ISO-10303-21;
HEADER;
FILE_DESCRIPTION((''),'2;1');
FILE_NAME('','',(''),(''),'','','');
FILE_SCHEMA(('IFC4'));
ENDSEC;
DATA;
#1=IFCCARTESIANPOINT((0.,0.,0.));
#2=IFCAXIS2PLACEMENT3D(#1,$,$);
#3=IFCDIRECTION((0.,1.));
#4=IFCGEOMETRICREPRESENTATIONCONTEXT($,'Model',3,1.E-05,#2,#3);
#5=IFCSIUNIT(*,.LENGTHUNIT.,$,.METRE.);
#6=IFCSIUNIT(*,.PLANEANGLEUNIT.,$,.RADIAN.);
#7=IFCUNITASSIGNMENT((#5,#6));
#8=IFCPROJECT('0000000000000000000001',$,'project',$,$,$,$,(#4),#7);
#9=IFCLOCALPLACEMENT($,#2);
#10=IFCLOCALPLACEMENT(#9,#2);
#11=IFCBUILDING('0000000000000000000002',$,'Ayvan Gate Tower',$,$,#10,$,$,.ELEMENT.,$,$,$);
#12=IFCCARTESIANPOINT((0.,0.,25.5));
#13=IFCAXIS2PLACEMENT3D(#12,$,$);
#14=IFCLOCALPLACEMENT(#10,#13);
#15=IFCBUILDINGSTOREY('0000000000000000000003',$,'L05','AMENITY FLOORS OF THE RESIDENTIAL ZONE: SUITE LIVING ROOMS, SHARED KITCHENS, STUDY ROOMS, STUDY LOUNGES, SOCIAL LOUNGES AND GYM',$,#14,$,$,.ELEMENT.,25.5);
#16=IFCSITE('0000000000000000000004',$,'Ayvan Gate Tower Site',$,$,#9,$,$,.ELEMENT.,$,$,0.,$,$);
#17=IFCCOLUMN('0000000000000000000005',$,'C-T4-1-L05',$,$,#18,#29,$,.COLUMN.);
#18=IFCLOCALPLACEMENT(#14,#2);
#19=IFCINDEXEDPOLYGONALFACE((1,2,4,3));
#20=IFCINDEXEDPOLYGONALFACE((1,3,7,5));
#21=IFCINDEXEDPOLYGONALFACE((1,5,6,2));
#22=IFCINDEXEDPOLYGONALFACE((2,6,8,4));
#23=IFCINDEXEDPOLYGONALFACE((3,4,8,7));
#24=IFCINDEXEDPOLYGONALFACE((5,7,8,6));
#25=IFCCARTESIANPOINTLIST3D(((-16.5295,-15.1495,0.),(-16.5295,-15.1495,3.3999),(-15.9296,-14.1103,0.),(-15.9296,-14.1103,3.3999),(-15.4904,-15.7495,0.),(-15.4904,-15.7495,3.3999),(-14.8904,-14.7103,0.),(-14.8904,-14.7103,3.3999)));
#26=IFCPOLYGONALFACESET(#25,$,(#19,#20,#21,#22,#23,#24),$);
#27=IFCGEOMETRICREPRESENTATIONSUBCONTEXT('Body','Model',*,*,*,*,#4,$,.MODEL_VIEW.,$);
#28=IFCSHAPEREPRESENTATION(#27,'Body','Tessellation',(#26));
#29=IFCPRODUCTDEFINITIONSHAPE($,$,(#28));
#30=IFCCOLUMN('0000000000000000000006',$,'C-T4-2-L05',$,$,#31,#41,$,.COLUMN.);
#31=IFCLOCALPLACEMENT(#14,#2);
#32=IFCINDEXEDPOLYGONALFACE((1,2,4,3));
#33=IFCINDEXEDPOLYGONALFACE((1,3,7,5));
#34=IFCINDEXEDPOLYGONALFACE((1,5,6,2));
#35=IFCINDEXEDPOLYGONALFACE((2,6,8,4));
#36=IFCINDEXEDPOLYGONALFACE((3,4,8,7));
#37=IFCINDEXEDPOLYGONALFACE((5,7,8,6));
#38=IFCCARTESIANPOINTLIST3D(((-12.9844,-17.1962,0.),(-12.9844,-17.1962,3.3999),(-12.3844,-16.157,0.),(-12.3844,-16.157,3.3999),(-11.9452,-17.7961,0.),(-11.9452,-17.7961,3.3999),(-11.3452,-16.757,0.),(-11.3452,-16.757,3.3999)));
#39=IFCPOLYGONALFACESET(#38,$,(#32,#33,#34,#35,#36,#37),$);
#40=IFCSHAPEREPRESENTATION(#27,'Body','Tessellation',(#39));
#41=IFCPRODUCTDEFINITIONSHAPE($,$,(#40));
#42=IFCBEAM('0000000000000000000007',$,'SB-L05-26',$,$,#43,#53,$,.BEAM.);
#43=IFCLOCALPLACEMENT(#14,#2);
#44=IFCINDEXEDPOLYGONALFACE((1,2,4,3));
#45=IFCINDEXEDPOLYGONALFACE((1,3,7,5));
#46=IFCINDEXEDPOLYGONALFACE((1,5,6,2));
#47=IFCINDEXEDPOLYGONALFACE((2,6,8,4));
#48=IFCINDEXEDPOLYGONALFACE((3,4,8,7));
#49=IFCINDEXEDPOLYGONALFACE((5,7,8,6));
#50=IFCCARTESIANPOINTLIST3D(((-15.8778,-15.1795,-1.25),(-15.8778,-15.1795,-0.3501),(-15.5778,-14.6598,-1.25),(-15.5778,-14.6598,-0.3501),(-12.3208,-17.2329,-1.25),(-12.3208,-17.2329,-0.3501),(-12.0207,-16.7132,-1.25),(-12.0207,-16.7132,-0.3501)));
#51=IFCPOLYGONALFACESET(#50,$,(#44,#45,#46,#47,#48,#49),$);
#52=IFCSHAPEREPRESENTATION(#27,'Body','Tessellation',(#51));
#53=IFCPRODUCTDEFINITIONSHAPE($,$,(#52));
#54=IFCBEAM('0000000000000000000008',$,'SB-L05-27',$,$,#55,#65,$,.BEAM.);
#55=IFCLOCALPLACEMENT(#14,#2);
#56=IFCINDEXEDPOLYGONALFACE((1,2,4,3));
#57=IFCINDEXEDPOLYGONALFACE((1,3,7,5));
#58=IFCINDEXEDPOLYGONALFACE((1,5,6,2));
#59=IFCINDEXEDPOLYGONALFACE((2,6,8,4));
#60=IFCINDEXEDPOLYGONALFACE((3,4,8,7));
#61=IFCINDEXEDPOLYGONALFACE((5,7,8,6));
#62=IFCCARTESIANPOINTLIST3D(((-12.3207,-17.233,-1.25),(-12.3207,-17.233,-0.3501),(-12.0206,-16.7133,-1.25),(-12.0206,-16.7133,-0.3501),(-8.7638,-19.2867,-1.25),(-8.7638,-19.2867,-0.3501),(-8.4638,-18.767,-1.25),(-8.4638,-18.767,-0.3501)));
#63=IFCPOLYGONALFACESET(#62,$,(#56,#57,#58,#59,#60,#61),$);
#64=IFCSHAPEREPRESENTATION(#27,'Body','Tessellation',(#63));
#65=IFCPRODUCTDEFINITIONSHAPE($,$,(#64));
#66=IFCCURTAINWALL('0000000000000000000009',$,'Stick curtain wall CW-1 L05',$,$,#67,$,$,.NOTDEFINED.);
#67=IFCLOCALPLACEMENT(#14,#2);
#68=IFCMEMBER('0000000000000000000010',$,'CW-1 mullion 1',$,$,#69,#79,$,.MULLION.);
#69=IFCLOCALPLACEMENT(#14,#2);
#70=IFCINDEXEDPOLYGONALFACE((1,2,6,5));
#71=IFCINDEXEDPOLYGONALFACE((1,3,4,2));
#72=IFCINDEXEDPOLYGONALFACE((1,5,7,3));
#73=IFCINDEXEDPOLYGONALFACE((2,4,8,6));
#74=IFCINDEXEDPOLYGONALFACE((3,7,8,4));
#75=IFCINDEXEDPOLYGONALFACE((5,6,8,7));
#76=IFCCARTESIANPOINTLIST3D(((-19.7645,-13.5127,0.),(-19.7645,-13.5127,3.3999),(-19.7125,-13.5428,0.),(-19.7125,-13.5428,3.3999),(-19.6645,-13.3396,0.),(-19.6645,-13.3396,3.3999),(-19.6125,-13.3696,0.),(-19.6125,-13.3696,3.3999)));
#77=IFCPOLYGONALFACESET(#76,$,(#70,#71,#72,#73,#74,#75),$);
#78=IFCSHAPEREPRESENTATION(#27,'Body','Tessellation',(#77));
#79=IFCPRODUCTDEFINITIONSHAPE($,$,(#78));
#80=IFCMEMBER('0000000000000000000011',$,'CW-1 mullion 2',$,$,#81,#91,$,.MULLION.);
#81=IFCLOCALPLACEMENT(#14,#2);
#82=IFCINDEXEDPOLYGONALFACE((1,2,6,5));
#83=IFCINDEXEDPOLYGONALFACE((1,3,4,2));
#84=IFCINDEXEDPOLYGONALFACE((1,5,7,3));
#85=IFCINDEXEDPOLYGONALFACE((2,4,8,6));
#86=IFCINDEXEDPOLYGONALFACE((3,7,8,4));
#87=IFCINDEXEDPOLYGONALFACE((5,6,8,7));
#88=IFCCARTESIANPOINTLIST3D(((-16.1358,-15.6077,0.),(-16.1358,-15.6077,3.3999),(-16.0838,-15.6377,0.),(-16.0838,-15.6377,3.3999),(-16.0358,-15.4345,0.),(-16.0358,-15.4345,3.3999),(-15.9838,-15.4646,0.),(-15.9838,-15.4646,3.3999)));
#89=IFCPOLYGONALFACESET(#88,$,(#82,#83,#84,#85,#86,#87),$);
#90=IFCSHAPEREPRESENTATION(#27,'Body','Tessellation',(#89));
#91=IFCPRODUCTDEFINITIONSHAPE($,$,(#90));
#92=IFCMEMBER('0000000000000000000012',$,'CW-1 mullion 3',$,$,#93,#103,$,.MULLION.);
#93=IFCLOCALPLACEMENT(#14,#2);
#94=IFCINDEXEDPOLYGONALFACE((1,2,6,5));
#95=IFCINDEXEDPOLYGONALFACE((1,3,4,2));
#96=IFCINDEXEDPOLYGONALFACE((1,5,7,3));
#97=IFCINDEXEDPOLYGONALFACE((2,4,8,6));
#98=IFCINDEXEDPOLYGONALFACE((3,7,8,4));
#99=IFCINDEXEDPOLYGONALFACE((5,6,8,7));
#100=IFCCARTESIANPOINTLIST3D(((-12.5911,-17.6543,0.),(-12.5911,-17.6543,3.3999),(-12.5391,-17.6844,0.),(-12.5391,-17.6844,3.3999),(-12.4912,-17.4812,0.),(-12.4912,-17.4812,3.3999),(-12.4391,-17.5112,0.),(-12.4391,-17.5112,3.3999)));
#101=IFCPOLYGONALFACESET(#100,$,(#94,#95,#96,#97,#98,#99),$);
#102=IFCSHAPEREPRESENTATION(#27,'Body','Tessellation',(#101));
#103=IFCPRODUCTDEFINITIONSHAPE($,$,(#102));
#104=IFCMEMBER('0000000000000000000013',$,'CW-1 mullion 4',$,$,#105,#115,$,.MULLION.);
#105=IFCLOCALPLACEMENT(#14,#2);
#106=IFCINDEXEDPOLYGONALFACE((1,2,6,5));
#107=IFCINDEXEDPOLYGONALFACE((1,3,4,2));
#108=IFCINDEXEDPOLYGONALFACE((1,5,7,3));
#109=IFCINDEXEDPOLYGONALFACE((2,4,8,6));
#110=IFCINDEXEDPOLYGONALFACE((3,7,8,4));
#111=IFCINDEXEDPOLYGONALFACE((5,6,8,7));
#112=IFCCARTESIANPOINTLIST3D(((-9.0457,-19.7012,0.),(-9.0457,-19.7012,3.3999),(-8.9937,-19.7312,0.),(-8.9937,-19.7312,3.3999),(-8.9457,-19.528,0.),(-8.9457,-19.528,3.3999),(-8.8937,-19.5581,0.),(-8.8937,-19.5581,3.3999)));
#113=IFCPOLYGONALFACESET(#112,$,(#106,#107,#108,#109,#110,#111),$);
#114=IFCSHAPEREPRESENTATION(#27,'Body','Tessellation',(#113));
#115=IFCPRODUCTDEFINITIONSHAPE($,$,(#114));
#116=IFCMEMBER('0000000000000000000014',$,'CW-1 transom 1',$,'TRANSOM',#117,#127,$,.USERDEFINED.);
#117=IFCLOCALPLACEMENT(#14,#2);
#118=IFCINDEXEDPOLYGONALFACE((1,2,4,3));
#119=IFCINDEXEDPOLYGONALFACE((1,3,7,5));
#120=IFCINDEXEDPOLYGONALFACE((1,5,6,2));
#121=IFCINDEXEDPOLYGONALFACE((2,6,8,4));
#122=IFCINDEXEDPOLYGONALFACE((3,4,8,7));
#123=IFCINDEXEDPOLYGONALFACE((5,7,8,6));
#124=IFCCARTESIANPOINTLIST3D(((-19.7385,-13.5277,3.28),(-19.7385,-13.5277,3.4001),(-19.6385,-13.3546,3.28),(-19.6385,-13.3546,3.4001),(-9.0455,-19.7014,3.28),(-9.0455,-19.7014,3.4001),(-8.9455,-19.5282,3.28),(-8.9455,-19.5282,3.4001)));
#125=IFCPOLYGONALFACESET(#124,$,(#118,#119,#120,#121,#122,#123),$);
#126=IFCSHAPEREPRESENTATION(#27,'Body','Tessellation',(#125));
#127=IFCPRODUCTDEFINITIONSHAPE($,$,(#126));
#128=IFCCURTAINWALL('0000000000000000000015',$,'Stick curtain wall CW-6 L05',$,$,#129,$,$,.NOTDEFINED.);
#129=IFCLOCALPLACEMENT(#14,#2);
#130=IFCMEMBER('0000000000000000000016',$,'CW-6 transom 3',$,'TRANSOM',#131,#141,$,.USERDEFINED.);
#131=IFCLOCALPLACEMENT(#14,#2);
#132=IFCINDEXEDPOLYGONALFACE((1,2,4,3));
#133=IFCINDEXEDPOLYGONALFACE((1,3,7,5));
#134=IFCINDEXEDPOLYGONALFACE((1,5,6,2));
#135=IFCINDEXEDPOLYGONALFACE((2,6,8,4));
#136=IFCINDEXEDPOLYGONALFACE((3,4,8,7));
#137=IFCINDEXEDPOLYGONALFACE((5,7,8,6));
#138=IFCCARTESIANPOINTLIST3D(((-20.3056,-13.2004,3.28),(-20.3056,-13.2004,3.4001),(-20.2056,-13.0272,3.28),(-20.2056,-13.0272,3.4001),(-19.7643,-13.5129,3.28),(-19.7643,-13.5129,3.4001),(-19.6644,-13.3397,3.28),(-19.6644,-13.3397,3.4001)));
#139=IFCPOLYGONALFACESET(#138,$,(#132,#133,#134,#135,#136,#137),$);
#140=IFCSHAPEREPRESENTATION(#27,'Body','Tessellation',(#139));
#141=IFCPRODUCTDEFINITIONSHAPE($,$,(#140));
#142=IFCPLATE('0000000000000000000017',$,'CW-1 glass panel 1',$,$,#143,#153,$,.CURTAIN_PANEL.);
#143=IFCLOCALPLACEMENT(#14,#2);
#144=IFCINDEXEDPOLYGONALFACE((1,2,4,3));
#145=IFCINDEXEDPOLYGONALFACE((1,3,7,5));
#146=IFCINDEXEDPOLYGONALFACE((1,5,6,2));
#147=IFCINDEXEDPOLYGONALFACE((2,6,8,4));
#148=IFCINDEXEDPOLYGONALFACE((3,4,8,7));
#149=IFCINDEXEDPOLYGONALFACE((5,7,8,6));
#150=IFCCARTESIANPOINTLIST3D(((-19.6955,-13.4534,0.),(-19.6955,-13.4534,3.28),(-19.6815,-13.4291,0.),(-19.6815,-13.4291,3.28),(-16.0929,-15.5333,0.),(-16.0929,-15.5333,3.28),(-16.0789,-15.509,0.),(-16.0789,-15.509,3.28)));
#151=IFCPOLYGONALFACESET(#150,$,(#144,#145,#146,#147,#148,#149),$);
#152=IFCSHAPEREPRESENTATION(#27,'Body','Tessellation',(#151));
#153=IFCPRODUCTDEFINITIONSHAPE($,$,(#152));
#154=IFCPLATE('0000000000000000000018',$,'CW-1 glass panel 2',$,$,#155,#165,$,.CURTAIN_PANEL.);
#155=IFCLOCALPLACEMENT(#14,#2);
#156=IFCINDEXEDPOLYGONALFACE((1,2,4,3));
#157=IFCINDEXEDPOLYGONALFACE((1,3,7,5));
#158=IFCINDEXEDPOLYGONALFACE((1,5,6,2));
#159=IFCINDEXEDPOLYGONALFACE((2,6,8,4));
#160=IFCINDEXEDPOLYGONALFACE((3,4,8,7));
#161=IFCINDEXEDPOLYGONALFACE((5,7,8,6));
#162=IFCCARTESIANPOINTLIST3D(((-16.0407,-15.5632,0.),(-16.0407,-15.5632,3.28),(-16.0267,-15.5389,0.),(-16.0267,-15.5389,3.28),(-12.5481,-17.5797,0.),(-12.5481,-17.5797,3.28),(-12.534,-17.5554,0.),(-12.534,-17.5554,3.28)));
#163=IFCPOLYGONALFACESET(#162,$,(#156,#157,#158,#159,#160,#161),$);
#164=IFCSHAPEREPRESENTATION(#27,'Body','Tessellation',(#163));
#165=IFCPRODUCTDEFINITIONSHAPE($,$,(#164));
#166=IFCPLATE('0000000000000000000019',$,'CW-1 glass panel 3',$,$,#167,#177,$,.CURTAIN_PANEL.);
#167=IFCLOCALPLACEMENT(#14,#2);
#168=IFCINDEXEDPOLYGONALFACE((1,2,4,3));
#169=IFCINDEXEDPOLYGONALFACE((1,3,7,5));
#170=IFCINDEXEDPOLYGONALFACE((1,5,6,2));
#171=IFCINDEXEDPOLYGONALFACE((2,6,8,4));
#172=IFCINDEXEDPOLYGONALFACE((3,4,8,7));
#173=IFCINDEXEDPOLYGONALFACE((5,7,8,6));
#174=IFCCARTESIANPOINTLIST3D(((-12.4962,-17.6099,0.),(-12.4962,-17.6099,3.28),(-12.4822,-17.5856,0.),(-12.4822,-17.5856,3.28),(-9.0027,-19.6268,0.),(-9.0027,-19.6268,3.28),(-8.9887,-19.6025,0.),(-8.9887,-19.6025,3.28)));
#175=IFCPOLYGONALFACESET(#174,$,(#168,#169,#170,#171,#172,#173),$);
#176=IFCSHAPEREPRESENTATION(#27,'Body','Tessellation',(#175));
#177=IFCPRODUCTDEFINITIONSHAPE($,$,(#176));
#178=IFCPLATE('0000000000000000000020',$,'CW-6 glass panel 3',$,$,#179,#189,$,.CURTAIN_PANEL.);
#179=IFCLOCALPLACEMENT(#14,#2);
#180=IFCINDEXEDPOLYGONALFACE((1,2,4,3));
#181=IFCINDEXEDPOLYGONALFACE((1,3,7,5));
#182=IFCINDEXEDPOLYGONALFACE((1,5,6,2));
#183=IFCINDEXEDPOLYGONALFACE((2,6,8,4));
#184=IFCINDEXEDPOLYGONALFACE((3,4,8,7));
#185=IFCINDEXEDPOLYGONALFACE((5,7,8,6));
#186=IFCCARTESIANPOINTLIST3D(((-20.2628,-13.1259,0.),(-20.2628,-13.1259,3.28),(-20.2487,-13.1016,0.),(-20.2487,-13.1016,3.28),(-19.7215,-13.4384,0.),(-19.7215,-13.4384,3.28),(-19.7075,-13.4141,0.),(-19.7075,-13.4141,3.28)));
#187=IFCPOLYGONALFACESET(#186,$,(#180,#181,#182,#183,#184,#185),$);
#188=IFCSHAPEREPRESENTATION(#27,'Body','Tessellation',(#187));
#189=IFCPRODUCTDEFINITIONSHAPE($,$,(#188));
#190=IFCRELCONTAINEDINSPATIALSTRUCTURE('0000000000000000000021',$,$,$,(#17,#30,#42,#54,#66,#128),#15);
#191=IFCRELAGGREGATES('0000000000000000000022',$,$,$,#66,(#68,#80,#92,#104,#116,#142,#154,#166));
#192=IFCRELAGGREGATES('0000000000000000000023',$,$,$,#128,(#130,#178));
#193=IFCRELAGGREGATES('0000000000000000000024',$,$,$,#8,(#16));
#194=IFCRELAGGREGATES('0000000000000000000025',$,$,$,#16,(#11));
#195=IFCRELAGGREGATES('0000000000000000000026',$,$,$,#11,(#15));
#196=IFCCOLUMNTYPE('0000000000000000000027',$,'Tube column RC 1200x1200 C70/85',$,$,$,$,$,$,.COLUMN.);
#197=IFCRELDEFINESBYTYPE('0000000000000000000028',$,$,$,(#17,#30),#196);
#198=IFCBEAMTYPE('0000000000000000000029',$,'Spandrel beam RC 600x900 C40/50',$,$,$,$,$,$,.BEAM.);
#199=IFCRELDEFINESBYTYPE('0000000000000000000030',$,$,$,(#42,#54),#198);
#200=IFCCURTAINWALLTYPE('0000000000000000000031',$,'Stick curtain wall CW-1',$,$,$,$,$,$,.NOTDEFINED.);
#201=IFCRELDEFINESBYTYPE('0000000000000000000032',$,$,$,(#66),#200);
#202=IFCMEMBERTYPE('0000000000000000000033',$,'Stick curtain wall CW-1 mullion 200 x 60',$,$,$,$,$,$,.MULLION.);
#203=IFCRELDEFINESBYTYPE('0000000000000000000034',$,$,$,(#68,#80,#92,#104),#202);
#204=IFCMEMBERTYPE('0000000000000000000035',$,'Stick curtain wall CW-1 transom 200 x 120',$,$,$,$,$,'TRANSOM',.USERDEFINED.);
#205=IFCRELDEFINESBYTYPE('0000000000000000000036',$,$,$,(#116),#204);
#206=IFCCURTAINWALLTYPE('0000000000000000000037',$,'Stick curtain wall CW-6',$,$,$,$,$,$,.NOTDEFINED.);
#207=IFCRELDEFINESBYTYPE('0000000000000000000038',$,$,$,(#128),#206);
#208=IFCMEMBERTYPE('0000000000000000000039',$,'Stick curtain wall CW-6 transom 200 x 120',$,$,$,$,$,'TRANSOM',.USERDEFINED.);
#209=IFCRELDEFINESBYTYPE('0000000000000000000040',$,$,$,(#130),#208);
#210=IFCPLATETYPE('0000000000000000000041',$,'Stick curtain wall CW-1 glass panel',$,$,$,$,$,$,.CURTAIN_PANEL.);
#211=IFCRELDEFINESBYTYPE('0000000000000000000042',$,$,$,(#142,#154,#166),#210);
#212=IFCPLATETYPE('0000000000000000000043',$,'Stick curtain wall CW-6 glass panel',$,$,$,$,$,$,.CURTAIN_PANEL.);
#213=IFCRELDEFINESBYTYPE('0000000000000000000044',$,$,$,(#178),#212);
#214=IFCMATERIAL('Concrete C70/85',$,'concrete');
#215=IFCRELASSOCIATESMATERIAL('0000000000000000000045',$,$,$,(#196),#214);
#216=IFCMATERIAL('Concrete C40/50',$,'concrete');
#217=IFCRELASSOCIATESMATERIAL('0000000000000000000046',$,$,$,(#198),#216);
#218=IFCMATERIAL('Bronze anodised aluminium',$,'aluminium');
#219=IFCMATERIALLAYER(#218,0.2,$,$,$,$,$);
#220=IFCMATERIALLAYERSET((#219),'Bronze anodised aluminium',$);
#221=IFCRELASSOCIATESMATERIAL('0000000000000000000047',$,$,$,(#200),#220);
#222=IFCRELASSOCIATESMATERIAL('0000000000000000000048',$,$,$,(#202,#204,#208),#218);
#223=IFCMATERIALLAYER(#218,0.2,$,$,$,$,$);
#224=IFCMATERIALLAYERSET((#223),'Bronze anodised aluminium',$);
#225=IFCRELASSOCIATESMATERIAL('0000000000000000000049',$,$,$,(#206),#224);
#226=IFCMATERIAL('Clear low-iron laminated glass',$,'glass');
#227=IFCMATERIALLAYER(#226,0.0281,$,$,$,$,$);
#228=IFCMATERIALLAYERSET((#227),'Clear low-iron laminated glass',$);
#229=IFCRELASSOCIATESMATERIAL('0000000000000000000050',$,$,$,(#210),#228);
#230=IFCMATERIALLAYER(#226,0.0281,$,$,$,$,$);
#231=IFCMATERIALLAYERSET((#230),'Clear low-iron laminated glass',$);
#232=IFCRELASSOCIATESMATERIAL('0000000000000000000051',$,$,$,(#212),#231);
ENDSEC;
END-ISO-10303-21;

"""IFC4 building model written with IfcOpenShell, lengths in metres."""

from ifc_helpers import new_model, si_unit, direction, frame, origin, origin_2d, place, context, subcontext, project, spatial, rectangle, extrude, material, layer, layer_set, material_profile, profile_set, type_object, element, aggregate, save


model = new_model("IFC4")

# Units and contexts
model_context = context("Model", 3, precision=1e-05, world=origin(), true_north=direction((0.0, 1.0)))
body_context = subcontext(model_context, "Body", "Model", "MODEL_VIEW")
ifc_project = project(units=[si_unit("LENGTHUNIT", "METRE"), si_unit("PLANEANGLEUNIT", "RADIAN")], contexts=[model_context])

# Site, building, storey
site_placement = place(None, origin())
site = spatial("IfcSite", under=ifc_project, at=site_placement, Name="Ayvan Gate Tower Site", CompositionType="ELEMENT", RefElevation=0.0)
building_placement = place(site_placement, origin())
building = spatial("IfcBuilding", under=site, at=building_placement, Name="Ayvan Gate Tower", CompositionType="ELEMENT")
storey_placement = place(building_placement, frame((0.0, 0.0, 25.5)))
storey = spatial("IfcBuildingStorey", under=building, at=storey_placement, Name="L05", Description="AMENITY FLOORS OF THE RESIDENTIAL ZONE: SUITE LIVING ROOMS, SHARED KITCHENS, STUDY ROOMS, STUDY LOUNGES, SOCIAL LOUNGES AND GYM", CompositionType="ELEMENT", Elevation=25.5)

# Columns
ifc_material_1 = material(Name="Concrete C70/85", Category="concrete")
ifc_material_profile_1 = material_profile(ifc_material_1, rectangle(XDim=1.2, YDim=1.2, at=origin_2d()), Name="RC 1200x1200")
ifc_profile_set_1 = profile_set([ifc_material_profile_1], Name="Concrete C70/85")
column_type = type_object("IfcColumnType", Name="Tube column RC 1200x1200 C70/85", PredefinedType="COLUMN", material=ifc_profile_set_1)
for number, where, z_axis, x_axis, name in (
    (1, (-15.71, -14.9299, 0.0), (0.0, 0.0, 1.0), (-0.5, -0.866025, 0.0), "C-T4-1-L05"),
    (2, (-12.1648, -16.9766, 0.0), (0.0, 0.0, 1.0), (-0.5, -0.866025, 0.0), "C-T4-2-L05"),
):
    element("IfcColumn", number, at=place(storey_placement, frame(where, z_axis=z_axis, x_axis=x_axis)), inside=storey, type_object=column_type, Name=name, PredefinedType="COLUMN", context=body_context, shape_type="SweptSolid", body=[
        extrude(rectangle(XDim=1.2, YDim=1.2, at=origin_2d()), origin(), (0.0, 0.0, 1.0), 3.3999),
    ])

# Beams
ifc_material_2 = material(Name="Concrete C40/50", Category="concrete")
ifc_material_profile_2 = material_profile(ifc_material_2, rectangle(XDim=0.6001, YDim=0.8999, at=origin_2d()), Name="RC 600x900")
ifc_profile_set_2 = profile_set([ifc_material_profile_2], Name="Concrete C40/50")
beam_type = type_object("IfcBeamType", Name="Spandrel beam RC 600x900 C40/50", PredefinedType="BEAM", material=ifc_profile_set_2)
for number, where, z_axis, x_axis, name in (
    (3, (-15.7278, -14.9197, -0.8), (0.866051, -0.499956, 0.0), (0.499956, 0.866051, 0.0), "SB-L05-26"),
    (4, (-12.1707, -16.9731, -0.8), (0.86601, -0.500026, 0.0), (0.500026, 0.86601, 0.0), "SB-L05-27"),
):
    element("IfcBeam", number, at=place(storey_placement, frame(where, z_axis=z_axis, x_axis=x_axis)), inside=storey, type_object=beam_type, Name=name, PredefinedType="BEAM", context=body_context, shape_type="SweptSolid", body=[
        extrude(rectangle(XDim=0.6001, YDim=0.8999, at=origin_2d()), origin(), (0.0, 0.0, 1.0), 4.1072),
    ])

# Curtain wall, members
ifc_material_3 = material(Name="Bronze anodised aluminium", Category="aluminium")
ifc_layer_1 = layer(ifc_material_3, 0.2)
ifc_layer_set_1 = layer_set([ifc_layer_1], Name="Bronze anodised aluminium")
curtain_wall_type_1 = type_object("IfcCurtainWallType", Name="Stick curtain wall CW-1", PredefinedType="NOTDEFINED", material=ifc_layer_set_1)
curtain_wall_1_placement = place(storey_placement, origin())
curtain_wall_1 = element("IfcCurtainWall", 5, at=curtain_wall_1_placement, inside=storey, type_object=curtain_wall_type_1, Name="Stick curtain wall CW-1 L05", PredefinedType="NOTDEFINED")
ifc_material_profile_3 = material_profile(ifc_material_3, rectangle(XDim=0.2, YDim=0.0601, at=origin_2d()), Name="Stick curtain wall CW-1 mullion 200 x 60")
ifc_profile_set_3 = profile_set([ifc_material_profile_3], Name="Bronze anodised aluminium")
member_type_1 = type_object("IfcMemberType", Name="Stick curtain wall CW-1 mullion 200 x 60", PredefinedType="MULLION", material=ifc_profile_set_3)
member_1_placement = place(storey_placement, frame((-19.6885, -13.4412, 0.0), z_axis=(0.0, 0.0, 1.0), x_axis=(-0.5, -0.866025, 0.0)))
member_1 = element("IfcMember", 6, at=member_1_placement, type_object=member_type_1, Name="CW-1 mullion 1", PredefinedType="MULLION", context=body_context, shape_type="SweptSolid", body=[
    extrude(rectangle(XDim=0.2, YDim=0.0601, at=origin_2d()), origin(), (0.0, 0.0, 1.0), 3.3999),
])
member_2_placement = place(storey_placement, frame((-16.0598, -15.5361, 0.0), z_axis=(0.0, 0.0, 1.0), x_axis=(-0.5, -0.866025, 0.0)))
member_2 = element("IfcMember", 7, at=member_2_placement, type_object=member_type_1, Name="CW-1 mullion 2", PredefinedType="MULLION", context=body_context, shape_type="SweptSolid", body=[
    extrude(rectangle(XDim=0.2, YDim=0.0601, at=origin_2d()), origin(), (0.0, 0.0, 1.0), 3.3999),
])
member_3_placement = place(storey_placement, frame((-12.5151, -17.5828, 0.0), z_axis=(0.0, 0.0, 1.0), x_axis=(-0.5, -0.866025, 0.0)))
member_3 = element("IfcMember", 8, at=member_3_placement, type_object=member_type_1, Name="CW-1 mullion 3", PredefinedType="MULLION", context=body_context, shape_type="SweptSolid", body=[
    extrude(rectangle(XDim=0.2, YDim=0.0601, at=origin_2d()), origin(), (0.0, 0.0, 1.0), 3.3999),
])
member_4_placement = place(storey_placement, frame((-8.9697, -19.6296, 0.0), z_axis=(0.0, 0.0, 1.0), x_axis=(-0.5, -0.866025, 0.0)))
member_4 = element("IfcMember", 9, at=member_4_placement, type_object=member_type_1, Name="CW-1 mullion 4", PredefinedType="MULLION", context=body_context, shape_type="SweptSolid", body=[
    extrude(rectangle(XDim=0.2, YDim=0.0601, at=origin_2d()), origin(), (0.0, 0.0, 1.0), 3.3999),
])
ifc_material_profile_4 = material_profile(ifc_material_3, rectangle(XDim=0.2, YDim=0.1201, at=origin_2d()), Name="Stick curtain wall CW-1 transom 200 x 120")
ifc_profile_set_4 = profile_set([ifc_material_profile_4], Name="Bronze anodised aluminium")
member_type_2 = type_object("IfcMemberType", Name="Stick curtain wall CW-1 transom 200 x 120", ElementType="TRANSOM", PredefinedType="USERDEFINED", material=ifc_profile_set_4)
member_5_placement = place(storey_placement, frame((-19.6885, -13.4412, 3.3401), z_axis=(0.866024, -0.500003, 0.0), x_axis=(0.500003, 0.866024, 0.0)))
member_5 = element("IfcMember", 10, at=member_5_placement, type_object=member_type_2, Name="CW-1 transom 1", ObjectType="TRANSOM", PredefinedType="USERDEFINED", context=body_context, shape_type="SweptSolid", body=[
    extrude(rectangle(XDim=0.2, YDim=0.1201, at=origin_2d()), origin(), (0.0, 0.0, 1.0), 12.3472),
])

# Curtain wall, member
ifc_layer_2 = layer(ifc_material_3, 0.2)
ifc_layer_set_2 = layer_set([ifc_layer_2], Name="Bronze anodised aluminium")
curtain_wall_type_2 = type_object("IfcCurtainWallType", Name="Stick curtain wall CW-6", PredefinedType="NOTDEFINED", material=ifc_layer_set_2)
curtain_wall_2_placement = place(storey_placement, origin())
curtain_wall_2 = element("IfcCurtainWall", 11, at=curtain_wall_2_placement, inside=storey, type_object=curtain_wall_type_2, Name="Stick curtain wall CW-6 L05", PredefinedType="NOTDEFINED")
ifc_material_profile_5 = material_profile(ifc_material_3, rectangle(XDim=0.2, YDim=0.1201, at=origin_2d()), Name="Stick curtain wall CW-6 transom 200 x 120")
ifc_profile_set_5 = profile_set([ifc_material_profile_5], Name="Bronze anodised aluminium")
member_type_3 = type_object("IfcMemberType", Name="Stick curtain wall CW-6 transom 200 x 120", ElementType="TRANSOM", PredefinedType="USERDEFINED", material=ifc_profile_set_5)
member_6_placement = place(storey_placement, frame((-20.2556, -13.1138, 3.3401), z_axis=(0.866023, -0.500004, 0.0), x_axis=(0.500004, 0.866023, 0.0)))
member_6 = element("IfcMember", 12, at=member_6_placement, type_object=member_type_3, Name="CW-6 transom 3", ObjectType="TRANSOM", PredefinedType="USERDEFINED", context=body_context, shape_type="SweptSolid", body=[
    extrude(rectangle(XDim=0.2, YDim=0.1201, at=origin_2d()), origin(), (0.0, 0.0, 1.0), 0.625),
])

# Plates
ifc_material_4 = material(Name="Clear low-iron laminated glass", Category="glass")
ifc_layer_3 = layer(ifc_material_4, 0.0281)
ifc_layer_set_3 = layer_set([ifc_layer_3], Name="Clear low-iron laminated glass")
plate_type_1 = type_object("IfcPlateType", Name="Stick curtain wall CW-1 glass panel", PredefinedType="CURTAIN_PANEL", material=ifc_layer_set_3)
plate_1_placement = place(storey_placement, frame((-17.8872, -14.4812, 0.0), z_axis=(0.0, 0.0, 1.0), x_axis=(0.866025, -0.5, 0.0)))
plate_1 = element("IfcPlate", 13, at=plate_1_placement, type_object=plate_type_1, Name="CW-1 glass panel 1", PredefinedType="CURTAIN_PANEL", context=body_context, shape_type="SweptSolid", body=[
    extrude(rectangle(XDim=4.1599, YDim=0.0281, at=origin_2d()), origin(), (0.0, 0.0, 1.0), 3.28),
])
plate_2_placement = place(storey_placement, frame((-14.2874, -16.5593, 0.0), z_axis=(0.0, 0.0, 1.0), x_axis=(0.866025, -0.5, 0.0)))
plate_2 = element("IfcPlate", 14, at=plate_2_placement, type_object=plate_type_1, Name="CW-1 glass panel 2", PredefinedType="CURTAIN_PANEL", context=body_context, shape_type="SweptSolid", body=[
    extrude(rectangle(XDim=4.033, YDim=0.0281, at=origin_2d()), origin(), (0.0, 0.0, 1.0), 3.28),
])
plate_3_placement = place(storey_placement, frame((-10.7424, -18.6062, 0.0), z_axis=(0.0, 0.0, 1.0), x_axis=(0.866025, -0.5, 0.0)))
plate_3 = element("IfcPlate", 15, at=plate_3_placement, type_object=plate_type_1, Name="CW-1 glass panel 3", PredefinedType="CURTAIN_PANEL", context=body_context, shape_type="SweptSolid", body=[
    extrude(rectangle(XDim=4.0339, YDim=0.0281, at=origin_2d()), origin(), (0.0, 0.0, 1.0), 3.28),
])
aggregate(curtain_wall_1, [member_1, member_2, member_3, member_4, member_5, plate_1, plate_2, plate_3])
ifc_layer_4 = layer(ifc_material_4, 0.0281)
ifc_layer_set_4 = layer_set([ifc_layer_4], Name="Clear low-iron laminated glass")
plate_type_2 = type_object("IfcPlateType", Name="Stick curtain wall CW-6 glass panel", PredefinedType="CURTAIN_PANEL", material=ifc_layer_set_4)
plate_4_placement = place(storey_placement, frame((-19.9851, -13.27, 0.0), z_axis=(0.0, 0.0, 1.0), x_axis=(0.866025, -0.5, 0.0)))
plate_4 = element("IfcPlate", 16, at=plate_4_placement, type_object=plate_type_2, Name="CW-6 glass panel 3", PredefinedType="CURTAIN_PANEL", context=body_context, shape_type="SweptSolid", body=[
    extrude(rectangle(XDim=0.625, YDim=0.0281, at=origin_2d()), origin(), (0.0, 0.0, 1.0), 3.28),
])
aggregate(curtain_wall_2, [member_6, plate_4])

save(model, "model.ifc")
